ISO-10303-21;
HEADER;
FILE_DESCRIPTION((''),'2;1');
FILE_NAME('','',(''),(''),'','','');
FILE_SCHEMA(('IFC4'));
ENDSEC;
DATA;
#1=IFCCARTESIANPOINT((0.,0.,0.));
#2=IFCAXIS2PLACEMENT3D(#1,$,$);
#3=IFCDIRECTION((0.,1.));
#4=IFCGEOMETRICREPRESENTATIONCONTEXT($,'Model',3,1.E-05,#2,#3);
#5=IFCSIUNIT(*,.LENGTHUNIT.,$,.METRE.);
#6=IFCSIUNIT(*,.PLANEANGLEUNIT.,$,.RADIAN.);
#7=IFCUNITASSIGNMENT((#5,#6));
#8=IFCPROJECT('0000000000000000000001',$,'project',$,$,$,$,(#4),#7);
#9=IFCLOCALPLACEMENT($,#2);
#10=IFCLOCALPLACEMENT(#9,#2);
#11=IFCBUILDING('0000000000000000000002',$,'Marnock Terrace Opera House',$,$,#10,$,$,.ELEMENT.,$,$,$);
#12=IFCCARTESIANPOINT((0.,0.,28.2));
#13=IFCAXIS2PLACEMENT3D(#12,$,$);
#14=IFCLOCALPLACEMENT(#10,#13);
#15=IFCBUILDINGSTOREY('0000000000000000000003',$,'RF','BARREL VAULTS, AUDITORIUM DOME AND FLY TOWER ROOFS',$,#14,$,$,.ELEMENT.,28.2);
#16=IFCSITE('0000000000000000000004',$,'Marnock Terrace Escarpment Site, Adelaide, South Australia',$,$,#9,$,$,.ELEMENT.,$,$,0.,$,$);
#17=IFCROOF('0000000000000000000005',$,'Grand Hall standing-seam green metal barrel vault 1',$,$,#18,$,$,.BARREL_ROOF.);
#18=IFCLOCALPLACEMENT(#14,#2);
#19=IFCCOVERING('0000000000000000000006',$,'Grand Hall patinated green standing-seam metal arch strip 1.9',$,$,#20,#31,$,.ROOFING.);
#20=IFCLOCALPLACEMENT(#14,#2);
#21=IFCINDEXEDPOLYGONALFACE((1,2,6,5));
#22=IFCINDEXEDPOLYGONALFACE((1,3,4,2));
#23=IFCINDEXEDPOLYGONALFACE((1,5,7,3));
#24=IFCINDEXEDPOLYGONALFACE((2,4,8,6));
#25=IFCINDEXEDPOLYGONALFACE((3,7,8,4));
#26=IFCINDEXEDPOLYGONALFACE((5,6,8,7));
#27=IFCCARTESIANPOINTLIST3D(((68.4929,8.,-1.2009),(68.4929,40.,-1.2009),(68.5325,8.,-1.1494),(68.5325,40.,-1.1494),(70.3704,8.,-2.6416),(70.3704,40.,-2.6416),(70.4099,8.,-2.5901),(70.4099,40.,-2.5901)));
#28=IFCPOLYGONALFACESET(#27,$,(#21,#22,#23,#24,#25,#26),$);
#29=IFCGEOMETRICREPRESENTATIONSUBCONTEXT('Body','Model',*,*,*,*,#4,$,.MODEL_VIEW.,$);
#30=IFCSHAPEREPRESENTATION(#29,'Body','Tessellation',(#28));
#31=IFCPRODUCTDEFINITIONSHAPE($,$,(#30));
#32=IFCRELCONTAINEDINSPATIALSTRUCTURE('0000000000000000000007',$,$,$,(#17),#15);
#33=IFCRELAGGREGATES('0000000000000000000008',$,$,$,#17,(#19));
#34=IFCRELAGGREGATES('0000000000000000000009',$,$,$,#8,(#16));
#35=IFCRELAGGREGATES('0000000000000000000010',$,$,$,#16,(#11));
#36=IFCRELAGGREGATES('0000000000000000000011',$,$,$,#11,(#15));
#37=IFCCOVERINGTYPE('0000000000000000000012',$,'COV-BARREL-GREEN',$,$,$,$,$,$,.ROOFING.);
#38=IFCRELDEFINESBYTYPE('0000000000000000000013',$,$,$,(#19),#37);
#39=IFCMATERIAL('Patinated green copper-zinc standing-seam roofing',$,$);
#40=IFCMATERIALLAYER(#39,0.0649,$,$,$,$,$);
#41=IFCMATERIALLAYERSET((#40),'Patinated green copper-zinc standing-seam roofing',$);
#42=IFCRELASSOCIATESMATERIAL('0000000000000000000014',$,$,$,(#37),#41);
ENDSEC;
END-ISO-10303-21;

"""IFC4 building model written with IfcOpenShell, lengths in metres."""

from ifc_helpers import new_model, si_unit, direction, frame, origin, place, context, subcontext, project, spatial, polyline, outline, extrude, material, layer, layer_set, type_object, element, aggregate, save


model = new_model("IFC4")

# Units and contexts
model_context = context("Model", 3, precision=1e-05, world=origin(), true_north=direction((0.0, 1.0)))
body_context = subcontext(model_context, "Body", "Model", "MODEL_VIEW")
ifc_project = project(units=[si_unit("LENGTHUNIT", "METRE"), si_unit("PLANEANGLEUNIT", "RADIAN")], contexts=[model_context])

# Site, building, storey
site_placement = place(None, origin())
site = spatial("IfcSite", under=ifc_project, at=site_placement, Name="Marnock Terrace Escarpment Site, Adelaide, South Australia", CompositionType="ELEMENT", RefElevation=0.0)
building_placement = place(site_placement, origin())
building = spatial("IfcBuilding", under=site, at=building_placement, Name="Marnock Terrace Opera House", CompositionType="ELEMENT")
storey_placement = place(building_placement, frame((0.0, 0.0, 28.2)))
storey = spatial("IfcBuildingStorey", under=building, at=storey_placement, Name="RF", Description="BARREL VAULTS, AUDITORIUM DOME AND FLY TOWER ROOFS", CompositionType="ELEMENT", Elevation=28.2)

# Roof, covering
roof_placement = place(storey_placement, origin())
roof = element("IfcRoof", 1, at=roof_placement, inside=storey, Name="Grand Hall standing-seam green metal barrel vault 1", PredefinedType="BARREL_ROOF")
ifc_material_1 = material(Name="Patinated green copper-zinc standing-seam roofing")
ifc_layer_1 = layer(ifc_material_1, 0.0649)
ifc_layer_set_1 = layer_set([ifc_layer_1], Name="Patinated green copper-zinc standing-seam roofing")
covering_type = type_object("IfcCoveringType", Name="COV-BARREL-GREEN", PredefinedType="ROOFING", material=ifc_layer_set_1)
covering_1_placement = place(storey_placement, frame((68.5325, 8.0, -1.1494), z_axis=(0.608778, 0.0, 0.793341), x_axis=(0.793341, 0.0, -0.608778)))
covering_1 = element("IfcCovering", 2, at=covering_1_placement, type_object=covering_type, Name="Grand Hall patinated green standing-seam metal arch strip 1.9", PredefinedType="ROOFING", context=body_context, shape_type="SweptSolid", body=[
    extrude(outline(polyline([(0.0, 0.0), (2.3665, 0.0), (2.3665, 32.0), (0.0, 32.0), (0.0, 0.0)])), origin(), (0.0, 0.0, -1.0), 0.0649),
])
aggregate(roof, [covering_1])

save(model, "model.ifc")
